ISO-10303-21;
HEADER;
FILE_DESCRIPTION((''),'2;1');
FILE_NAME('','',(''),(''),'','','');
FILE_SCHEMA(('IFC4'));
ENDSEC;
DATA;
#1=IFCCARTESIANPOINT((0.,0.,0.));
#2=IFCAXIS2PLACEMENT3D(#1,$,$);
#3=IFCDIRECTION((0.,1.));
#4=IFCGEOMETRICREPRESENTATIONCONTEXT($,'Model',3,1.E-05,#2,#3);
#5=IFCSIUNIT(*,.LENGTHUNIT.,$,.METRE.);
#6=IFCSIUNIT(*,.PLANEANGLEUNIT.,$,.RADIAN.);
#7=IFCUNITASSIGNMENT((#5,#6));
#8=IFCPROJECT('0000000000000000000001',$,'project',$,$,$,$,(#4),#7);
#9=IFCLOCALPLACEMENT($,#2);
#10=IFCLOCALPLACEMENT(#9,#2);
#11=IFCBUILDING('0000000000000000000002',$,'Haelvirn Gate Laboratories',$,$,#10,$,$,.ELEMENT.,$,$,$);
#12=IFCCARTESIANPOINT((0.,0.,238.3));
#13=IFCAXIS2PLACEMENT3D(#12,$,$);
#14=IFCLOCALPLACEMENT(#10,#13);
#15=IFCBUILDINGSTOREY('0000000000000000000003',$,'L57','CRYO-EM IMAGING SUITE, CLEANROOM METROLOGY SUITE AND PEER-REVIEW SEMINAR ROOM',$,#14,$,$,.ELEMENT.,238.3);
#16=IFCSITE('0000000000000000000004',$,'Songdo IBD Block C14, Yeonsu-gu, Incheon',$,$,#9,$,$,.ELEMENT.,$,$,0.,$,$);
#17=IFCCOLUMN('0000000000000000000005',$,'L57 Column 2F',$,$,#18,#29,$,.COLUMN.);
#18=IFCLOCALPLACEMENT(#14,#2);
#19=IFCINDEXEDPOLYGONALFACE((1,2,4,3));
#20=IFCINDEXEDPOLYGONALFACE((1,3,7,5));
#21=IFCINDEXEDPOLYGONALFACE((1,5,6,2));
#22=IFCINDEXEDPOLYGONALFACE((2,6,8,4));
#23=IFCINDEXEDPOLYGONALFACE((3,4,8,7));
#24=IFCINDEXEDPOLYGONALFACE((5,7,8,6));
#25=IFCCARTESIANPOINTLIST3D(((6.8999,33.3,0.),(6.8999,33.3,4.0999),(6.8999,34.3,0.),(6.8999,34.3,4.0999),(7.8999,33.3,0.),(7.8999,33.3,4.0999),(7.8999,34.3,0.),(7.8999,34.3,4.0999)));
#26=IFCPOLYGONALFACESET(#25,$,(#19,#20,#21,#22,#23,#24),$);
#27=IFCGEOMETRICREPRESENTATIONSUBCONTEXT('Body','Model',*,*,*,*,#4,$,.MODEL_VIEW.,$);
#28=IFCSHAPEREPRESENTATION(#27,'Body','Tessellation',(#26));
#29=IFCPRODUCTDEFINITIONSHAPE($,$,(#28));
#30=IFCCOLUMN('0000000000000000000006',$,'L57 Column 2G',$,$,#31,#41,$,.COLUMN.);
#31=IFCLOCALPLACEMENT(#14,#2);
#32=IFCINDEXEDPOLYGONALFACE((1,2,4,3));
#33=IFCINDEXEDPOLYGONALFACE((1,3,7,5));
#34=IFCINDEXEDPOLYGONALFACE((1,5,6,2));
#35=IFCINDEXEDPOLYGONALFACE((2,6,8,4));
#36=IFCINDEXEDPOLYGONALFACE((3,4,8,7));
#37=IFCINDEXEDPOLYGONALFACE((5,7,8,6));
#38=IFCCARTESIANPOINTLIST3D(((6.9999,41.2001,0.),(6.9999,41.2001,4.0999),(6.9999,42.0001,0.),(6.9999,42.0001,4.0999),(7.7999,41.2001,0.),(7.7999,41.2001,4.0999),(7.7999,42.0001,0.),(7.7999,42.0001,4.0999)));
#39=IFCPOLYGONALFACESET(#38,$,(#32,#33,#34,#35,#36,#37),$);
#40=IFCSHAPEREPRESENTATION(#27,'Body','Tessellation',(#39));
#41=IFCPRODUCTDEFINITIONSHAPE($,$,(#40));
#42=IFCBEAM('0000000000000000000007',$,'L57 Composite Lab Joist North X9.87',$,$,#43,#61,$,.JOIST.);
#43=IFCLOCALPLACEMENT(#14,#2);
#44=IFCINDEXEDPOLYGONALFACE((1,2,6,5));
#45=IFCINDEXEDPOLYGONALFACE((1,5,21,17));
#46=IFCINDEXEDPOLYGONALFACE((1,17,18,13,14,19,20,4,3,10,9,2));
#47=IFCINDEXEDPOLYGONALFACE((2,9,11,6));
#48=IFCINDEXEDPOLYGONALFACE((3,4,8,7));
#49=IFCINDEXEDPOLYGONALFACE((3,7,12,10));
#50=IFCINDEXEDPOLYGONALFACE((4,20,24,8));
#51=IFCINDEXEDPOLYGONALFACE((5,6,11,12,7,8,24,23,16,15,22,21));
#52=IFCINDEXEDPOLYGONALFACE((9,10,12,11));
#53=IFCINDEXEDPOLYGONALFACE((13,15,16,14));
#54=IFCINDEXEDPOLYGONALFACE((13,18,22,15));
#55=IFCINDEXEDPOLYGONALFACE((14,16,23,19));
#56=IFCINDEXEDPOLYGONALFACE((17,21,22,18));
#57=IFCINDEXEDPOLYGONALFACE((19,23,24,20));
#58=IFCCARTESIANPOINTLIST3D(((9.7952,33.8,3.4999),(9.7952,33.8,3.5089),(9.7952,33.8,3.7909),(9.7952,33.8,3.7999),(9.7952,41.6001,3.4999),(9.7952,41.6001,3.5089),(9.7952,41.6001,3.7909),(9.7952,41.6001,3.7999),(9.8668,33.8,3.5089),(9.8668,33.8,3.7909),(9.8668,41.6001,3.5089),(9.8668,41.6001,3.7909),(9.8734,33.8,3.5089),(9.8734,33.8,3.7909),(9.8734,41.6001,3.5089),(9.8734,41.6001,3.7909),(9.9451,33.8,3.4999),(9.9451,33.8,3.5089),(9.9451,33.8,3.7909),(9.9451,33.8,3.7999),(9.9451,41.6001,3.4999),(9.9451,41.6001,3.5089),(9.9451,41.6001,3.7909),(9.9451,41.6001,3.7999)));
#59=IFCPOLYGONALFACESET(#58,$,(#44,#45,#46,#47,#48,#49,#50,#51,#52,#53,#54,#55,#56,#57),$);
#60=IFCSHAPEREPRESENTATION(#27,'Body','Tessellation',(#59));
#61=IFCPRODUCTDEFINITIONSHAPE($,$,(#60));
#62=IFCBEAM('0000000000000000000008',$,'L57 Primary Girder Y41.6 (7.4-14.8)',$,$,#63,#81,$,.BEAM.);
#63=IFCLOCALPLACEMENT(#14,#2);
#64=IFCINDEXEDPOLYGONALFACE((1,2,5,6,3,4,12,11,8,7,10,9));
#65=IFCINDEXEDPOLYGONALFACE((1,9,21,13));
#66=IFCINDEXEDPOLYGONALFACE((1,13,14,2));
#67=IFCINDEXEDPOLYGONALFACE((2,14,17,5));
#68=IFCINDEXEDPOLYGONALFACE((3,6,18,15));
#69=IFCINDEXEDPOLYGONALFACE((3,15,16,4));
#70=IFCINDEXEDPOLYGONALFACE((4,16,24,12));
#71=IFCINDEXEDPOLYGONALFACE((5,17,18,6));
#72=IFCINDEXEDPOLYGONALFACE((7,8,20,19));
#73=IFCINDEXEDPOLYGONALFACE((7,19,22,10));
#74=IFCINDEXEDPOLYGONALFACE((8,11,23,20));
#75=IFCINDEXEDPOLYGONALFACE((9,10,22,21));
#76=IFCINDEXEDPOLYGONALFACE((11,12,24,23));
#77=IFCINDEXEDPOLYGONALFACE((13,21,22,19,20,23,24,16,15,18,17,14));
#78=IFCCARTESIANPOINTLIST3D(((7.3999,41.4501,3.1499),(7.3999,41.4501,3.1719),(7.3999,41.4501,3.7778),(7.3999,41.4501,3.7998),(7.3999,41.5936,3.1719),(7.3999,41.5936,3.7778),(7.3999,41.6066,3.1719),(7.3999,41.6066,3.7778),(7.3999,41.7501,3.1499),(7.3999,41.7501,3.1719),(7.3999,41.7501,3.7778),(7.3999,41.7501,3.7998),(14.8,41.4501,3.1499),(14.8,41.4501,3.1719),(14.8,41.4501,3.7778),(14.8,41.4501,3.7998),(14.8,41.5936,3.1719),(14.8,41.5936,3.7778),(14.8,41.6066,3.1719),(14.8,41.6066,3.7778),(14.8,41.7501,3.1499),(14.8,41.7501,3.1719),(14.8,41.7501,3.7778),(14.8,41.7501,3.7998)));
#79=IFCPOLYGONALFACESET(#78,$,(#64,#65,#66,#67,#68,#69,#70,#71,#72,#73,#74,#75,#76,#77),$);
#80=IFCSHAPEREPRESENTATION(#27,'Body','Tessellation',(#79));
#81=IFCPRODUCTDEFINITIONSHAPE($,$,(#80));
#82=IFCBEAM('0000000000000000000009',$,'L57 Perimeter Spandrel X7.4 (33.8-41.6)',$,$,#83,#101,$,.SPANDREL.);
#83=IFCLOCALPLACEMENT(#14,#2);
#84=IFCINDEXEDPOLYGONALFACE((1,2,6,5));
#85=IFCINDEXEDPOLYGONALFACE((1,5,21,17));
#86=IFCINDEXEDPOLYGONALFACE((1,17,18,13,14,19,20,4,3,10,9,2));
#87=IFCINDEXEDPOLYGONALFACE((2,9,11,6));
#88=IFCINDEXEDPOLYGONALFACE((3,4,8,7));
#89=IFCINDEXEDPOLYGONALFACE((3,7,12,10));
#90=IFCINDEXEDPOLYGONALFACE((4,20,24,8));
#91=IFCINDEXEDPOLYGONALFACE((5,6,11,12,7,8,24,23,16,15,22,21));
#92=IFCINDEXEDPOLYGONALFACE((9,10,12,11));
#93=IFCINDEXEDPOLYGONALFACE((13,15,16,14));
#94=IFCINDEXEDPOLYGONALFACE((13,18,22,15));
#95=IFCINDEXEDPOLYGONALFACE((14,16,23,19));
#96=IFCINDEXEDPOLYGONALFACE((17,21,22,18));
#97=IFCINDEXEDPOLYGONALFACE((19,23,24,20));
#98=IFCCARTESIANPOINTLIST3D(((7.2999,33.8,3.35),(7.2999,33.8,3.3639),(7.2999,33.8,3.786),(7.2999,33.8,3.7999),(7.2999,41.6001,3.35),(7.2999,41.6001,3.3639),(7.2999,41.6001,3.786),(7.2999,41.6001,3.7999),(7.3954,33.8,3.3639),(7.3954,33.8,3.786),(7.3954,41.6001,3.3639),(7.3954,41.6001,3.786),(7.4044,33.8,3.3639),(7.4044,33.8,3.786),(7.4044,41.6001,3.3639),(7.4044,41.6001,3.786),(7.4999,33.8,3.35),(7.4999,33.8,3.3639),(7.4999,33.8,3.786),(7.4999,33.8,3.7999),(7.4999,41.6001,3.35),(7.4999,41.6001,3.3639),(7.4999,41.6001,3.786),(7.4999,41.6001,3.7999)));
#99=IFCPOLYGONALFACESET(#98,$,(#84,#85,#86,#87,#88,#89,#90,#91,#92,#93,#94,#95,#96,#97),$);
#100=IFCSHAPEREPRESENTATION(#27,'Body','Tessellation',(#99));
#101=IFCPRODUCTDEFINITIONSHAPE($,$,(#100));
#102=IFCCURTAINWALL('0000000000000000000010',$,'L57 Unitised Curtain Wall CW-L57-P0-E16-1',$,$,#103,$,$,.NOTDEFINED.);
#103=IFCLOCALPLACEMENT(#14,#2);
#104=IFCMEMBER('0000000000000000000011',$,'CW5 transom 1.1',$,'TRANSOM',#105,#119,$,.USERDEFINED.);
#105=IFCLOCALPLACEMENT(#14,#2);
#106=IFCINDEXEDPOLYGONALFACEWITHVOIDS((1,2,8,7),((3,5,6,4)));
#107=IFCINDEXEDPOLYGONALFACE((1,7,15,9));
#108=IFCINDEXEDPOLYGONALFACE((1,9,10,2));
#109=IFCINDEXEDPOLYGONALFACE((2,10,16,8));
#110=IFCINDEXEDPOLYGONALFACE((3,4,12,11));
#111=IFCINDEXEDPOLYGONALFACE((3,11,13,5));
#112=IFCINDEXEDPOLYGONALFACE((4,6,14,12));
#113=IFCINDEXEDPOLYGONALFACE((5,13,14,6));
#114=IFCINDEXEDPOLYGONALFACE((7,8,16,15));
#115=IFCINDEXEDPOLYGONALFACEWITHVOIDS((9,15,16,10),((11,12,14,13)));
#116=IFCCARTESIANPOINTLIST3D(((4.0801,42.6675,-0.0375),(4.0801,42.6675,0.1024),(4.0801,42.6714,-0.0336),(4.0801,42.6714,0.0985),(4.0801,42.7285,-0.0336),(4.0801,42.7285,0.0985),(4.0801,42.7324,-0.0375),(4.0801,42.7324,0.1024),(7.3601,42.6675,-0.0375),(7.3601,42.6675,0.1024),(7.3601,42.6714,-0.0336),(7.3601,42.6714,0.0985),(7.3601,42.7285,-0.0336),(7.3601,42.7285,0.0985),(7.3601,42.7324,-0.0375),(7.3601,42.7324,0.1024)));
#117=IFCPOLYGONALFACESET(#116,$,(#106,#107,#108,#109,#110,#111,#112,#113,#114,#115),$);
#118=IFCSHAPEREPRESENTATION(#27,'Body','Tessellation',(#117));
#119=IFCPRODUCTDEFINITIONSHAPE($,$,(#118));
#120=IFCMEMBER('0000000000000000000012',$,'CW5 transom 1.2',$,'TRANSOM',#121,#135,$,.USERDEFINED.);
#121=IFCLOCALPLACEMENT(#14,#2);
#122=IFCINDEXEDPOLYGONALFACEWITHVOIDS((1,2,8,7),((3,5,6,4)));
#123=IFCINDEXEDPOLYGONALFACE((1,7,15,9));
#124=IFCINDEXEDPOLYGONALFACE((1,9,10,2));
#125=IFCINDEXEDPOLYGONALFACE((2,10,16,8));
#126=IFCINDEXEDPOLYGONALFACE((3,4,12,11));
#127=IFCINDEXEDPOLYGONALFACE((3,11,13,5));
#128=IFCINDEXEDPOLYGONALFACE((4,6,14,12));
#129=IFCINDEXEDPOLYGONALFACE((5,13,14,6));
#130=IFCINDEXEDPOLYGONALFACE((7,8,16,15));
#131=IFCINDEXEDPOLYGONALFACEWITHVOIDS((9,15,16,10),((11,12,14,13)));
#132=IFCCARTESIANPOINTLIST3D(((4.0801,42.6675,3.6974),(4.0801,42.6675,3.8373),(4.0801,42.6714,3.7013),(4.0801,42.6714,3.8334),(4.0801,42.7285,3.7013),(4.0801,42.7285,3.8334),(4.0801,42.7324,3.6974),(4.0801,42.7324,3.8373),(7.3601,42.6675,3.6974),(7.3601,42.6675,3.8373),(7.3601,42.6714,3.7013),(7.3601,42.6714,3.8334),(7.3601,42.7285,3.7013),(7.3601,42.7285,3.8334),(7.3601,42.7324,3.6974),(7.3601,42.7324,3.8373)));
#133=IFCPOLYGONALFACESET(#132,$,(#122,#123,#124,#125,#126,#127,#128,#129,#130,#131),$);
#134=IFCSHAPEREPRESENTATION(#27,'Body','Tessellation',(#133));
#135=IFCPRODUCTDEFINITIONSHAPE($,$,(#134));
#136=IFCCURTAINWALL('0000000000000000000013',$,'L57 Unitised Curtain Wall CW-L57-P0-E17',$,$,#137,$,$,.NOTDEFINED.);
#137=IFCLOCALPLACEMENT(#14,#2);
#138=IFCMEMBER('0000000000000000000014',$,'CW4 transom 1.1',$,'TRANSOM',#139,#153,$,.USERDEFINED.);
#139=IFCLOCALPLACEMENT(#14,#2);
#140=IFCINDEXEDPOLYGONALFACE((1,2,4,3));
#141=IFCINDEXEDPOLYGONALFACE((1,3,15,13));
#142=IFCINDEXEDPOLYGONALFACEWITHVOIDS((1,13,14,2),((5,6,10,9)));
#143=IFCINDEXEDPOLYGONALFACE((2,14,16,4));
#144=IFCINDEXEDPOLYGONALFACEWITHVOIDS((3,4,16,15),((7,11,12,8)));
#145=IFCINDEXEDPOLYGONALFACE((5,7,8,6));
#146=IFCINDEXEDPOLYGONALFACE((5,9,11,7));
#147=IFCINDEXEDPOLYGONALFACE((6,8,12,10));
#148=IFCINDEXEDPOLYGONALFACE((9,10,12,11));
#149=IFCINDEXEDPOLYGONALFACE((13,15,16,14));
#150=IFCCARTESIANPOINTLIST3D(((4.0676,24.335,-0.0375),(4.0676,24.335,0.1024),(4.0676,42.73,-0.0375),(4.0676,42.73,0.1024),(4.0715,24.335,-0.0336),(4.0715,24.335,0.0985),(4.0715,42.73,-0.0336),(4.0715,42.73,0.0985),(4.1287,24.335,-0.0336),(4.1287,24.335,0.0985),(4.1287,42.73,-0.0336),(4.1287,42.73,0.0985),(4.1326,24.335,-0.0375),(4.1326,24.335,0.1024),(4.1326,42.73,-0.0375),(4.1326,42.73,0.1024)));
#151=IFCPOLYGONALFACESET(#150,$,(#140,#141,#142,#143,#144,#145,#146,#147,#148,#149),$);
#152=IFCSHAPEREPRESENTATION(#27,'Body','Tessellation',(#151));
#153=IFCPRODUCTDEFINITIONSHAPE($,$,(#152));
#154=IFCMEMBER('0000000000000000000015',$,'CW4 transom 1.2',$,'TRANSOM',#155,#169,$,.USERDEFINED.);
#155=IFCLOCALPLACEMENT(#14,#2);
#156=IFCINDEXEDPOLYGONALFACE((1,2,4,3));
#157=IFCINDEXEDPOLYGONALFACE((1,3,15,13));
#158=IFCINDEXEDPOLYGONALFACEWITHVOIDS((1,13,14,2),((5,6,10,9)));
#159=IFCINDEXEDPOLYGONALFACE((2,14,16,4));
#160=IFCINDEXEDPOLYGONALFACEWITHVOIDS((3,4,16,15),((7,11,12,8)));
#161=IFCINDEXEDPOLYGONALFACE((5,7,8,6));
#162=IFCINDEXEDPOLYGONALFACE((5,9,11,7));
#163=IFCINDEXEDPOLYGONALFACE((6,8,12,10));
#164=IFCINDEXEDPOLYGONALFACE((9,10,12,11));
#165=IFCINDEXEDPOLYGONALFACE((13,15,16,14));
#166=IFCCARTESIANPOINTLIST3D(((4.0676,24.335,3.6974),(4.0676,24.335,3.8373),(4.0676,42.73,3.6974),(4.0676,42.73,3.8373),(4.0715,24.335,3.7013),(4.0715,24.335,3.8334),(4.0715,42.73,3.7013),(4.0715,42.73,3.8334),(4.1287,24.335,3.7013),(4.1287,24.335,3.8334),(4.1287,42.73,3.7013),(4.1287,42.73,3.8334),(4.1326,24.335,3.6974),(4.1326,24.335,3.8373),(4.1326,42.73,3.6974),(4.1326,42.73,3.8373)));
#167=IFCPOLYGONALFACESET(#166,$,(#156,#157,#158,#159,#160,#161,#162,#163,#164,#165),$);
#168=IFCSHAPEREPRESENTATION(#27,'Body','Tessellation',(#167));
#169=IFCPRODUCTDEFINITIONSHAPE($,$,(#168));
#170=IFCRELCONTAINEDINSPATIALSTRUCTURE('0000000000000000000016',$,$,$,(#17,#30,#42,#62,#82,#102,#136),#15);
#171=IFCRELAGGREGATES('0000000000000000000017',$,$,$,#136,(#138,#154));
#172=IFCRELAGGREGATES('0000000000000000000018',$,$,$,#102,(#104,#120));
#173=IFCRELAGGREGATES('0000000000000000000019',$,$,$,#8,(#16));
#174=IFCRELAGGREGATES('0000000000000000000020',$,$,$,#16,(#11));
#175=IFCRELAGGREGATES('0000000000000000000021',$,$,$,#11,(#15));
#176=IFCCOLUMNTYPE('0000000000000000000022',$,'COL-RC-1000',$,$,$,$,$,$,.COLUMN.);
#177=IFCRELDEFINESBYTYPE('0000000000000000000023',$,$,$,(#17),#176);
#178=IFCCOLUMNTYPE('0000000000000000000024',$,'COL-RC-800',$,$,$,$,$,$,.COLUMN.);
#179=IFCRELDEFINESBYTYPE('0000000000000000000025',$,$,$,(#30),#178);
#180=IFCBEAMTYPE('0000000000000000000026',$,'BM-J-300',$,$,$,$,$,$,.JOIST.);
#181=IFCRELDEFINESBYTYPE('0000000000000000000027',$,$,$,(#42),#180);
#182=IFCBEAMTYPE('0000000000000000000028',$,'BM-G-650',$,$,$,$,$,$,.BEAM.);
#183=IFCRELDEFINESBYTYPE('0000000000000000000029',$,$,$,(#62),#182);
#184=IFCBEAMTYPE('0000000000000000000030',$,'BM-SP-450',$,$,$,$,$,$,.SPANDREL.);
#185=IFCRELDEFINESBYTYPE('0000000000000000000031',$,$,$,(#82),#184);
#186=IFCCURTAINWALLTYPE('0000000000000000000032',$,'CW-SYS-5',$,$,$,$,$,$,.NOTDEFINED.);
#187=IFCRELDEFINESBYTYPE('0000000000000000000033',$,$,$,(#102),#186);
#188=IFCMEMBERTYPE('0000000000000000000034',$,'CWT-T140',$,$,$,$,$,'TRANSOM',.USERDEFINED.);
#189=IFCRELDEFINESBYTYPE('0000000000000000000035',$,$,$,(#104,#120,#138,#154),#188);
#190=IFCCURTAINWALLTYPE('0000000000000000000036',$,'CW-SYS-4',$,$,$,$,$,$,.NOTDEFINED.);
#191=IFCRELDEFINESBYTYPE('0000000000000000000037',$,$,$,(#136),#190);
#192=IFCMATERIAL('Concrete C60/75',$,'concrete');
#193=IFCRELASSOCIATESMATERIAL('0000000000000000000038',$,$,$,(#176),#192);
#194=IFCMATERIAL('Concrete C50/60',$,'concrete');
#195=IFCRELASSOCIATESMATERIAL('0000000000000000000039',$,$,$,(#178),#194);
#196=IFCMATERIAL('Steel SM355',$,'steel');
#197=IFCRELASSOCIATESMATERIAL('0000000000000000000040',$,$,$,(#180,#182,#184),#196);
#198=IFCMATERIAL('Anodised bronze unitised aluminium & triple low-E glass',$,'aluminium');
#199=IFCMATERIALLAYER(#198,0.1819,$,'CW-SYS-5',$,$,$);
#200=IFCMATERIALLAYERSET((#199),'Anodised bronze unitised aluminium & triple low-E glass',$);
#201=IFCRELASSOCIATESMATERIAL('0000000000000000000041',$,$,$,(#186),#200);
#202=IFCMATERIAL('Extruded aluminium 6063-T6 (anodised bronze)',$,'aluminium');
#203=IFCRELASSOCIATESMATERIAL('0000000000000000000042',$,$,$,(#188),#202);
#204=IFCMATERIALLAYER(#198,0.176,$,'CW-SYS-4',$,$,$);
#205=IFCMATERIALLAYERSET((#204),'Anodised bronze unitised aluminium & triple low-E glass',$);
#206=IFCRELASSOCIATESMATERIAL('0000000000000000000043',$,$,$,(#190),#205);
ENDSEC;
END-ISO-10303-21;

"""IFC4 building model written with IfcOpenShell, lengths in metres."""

from ifc_helpers import new_model, si_unit, direction, frame, origin, origin_2d, place, context, subcontext, project, spatial, rectangle, hollow_rectangle, i_section, extrude, source, transform, mapped, material, layer, layer_set, material_profile, profile_set, type_object, type_shapes, element, aggregate, save


model = new_model("IFC4")

# Units and contexts
model_context = context("Model", 3, precision=1e-05, world=origin(), true_north=direction((0.0, 1.0)))
body_context = subcontext(model_context, "Body", "Model", "MODEL_VIEW")
ifc_project = project(units=[si_unit("LENGTHUNIT", "METRE"), si_unit("PLANEANGLEUNIT", "RADIAN")], contexts=[model_context])

# Site, building, storey
site_placement = place(None, origin())
site = spatial("IfcSite", under=ifc_project, at=site_placement, Name="Songdo IBD Block C14, Yeonsu-gu, Incheon", CompositionType="ELEMENT", RefElevation=0.0)
building_placement = place(site_placement, origin())
building = spatial("IfcBuilding", under=site, at=building_placement, Name="Haelvirn Gate Laboratories", CompositionType="ELEMENT")
storey_placement = place(building_placement, frame((0.0, 0.0, 238.3)))
storey = spatial("IfcBuildingStorey", under=building, at=storey_placement, Name="L57", Description="CRYO-EM IMAGING SUITE, CLEANROOM METROLOGY SUITE AND PEER-REVIEW SEMINAR ROOM", CompositionType="ELEMENT", Elevation=238.3)

# Columns
ifc_material_1 = material(Name="Concrete C60/75", Category="concrete")
ifc_material_profile_1 = material_profile(ifc_material_1, rectangle(XDim=1.0, YDim=1.0, at=origin_2d()), Name="RC-1000x1000")
ifc_profile_set_1 = profile_set([ifc_material_profile_1], Name="Concrete C60/75")
column_type_1 = type_object("IfcColumnType", Name="COL-RC-1000", PredefinedType="COLUMN", material=ifc_profile_set_1)
shared_shape_1 = source(origin(), body_context, "Body", "SweptSolid", [
    extrude(rectangle(XDim=1.0, YDim=1.0, at=origin_2d()), origin(), (0.0, 0.0, 1.0), 4.0999),
])
type_shapes(column_type_1, [shared_shape_1])
column_1_placement = place(storey_placement, frame((7.3999, 33.8, 0.0), z_axis=(0.0, 0.0, 1.0), x_axis=(1.0, 0.0, 0.0)))
element("IfcColumn", 1, at=column_1_placement, inside=storey, type_object=column_type_1, Name="L57 Column 2F", PredefinedType="COLUMN", context=body_context, shape_type="MappedRepresentation", body=[
    mapped(shared_shape_1, transform((0.0, 0.0, 0.0), scale=1.0)),
])
ifc_material_2 = material(Name="Concrete C50/60", Category="concrete")
ifc_material_profile_2 = material_profile(ifc_material_2, rectangle(XDim=0.8, YDim=0.8, at=origin_2d()), Name="RC-800x800")
ifc_profile_set_2 = profile_set([ifc_material_profile_2], Name="Concrete C50/60")
column_type_2 = type_object("IfcColumnType", Name="COL-RC-800", PredefinedType="COLUMN", material=ifc_profile_set_2)
shared_shape_2 = source(origin(), body_context, "Body", "SweptSolid", [
    extrude(rectangle(XDim=0.8, YDim=0.8, at=origin_2d()), origin(), (0.0, 0.0, 1.0), 4.0999),
])
type_shapes(column_type_2, [shared_shape_2])
column_2_placement = place(storey_placement, frame((7.3999, 41.6001, 0.0), z_axis=(0.0, 0.0, 1.0), x_axis=(1.0, 0.0, 0.0)))
element("IfcColumn", 2, at=column_2_placement, inside=storey, type_object=column_type_2, Name="L57 Column 2G", PredefinedType="COLUMN", context=body_context, shape_type="MappedRepresentation", body=[
    mapped(shared_shape_2, transform((0.0, 0.0, 0.0), scale=1.0)),
])

# Beams
ifc_material_3 = material(Name="Steel SM355", Category="steel")
ifc_material_profile_3 = material_profile(ifc_material_3, i_section(OverallWidth=0.1499, OverallDepth=0.3, WebThickness=0.0066, FlangeThickness=0.009, at=origin_2d()), Name="H-300x150x6.5x9")
ifc_profile_set_3 = profile_set([ifc_material_profile_3], Name="Steel SM355")
beam_type_1 = type_object("IfcBeamType", Name="BM-J-300", PredefinedType="JOIST", material=ifc_profile_set_3)
shared_shape_3 = source(origin(), body_context, "Body", "SweptSolid", [
    extrude(i_section(OverallWidth=0.1499, OverallDepth=0.3, WebThickness=0.0066, FlangeThickness=0.009, at=origin_2d()), origin(), (0.0, 0.0, 1.0), 7.8),
])
type_shapes(beam_type_1, [shared_shape_3])
beam_1_placement = place(storey_placement, frame((9.8701, 33.8, 3.6499), z_axis=(0.0, 1.0, 0.0), x_axis=(-1.0, 0.0, 0.0)))
element("IfcBeam", 3, at=beam_1_placement, inside=storey, type_object=beam_type_1, Name="L57 Composite Lab Joist North X9.87", PredefinedType="JOIST", context=body_context, shape_type="MappedRepresentation", body=[
    mapped(shared_shape_3, transform((0.0, 0.0, 0.0), scale=1.0)),
])
ifc_material_profile_4 = material_profile(ifc_material_3, i_section(OverallWidth=0.3, OverallDepth=0.6499, WebThickness=0.0129, FlangeThickness=0.022, at=origin_2d()), Name="H-650x300x13x22")
ifc_profile_set_4 = profile_set([ifc_material_profile_4], Name="Steel SM355")
beam_type_2 = type_object("IfcBeamType", Name="BM-G-650", PredefinedType="BEAM", material=ifc_profile_set_4)
shared_shape_4 = source(origin(), body_context, "Body", "SweptSolid", [
    extrude(i_section(OverallWidth=0.3, OverallDepth=0.6499, WebThickness=0.0129, FlangeThickness=0.022, at=origin_2d()), origin(), (0.0, 0.0, 1.0), 7.4001),
])
type_shapes(beam_type_2, [shared_shape_4])
beam_2_placement = place(storey_placement, frame((7.3999, 41.6001, 3.4749), z_axis=(1.0, 0.0, 0.0), x_axis=(0.0, 1.0, 0.0)))
element("IfcBeam", 4, at=beam_2_placement, inside=storey, type_object=beam_type_2, Name="L57 Primary Girder Y41.6 (7.4-14.8)", PredefinedType="BEAM", context=body_context, shape_type="MappedRepresentation", body=[
    mapped(shared_shape_4, transform((0.0, 0.0, 0.0), scale=1.0)),
])
ifc_material_profile_5 = material_profile(ifc_material_3, i_section(OverallWidth=0.2, OverallDepth=0.45, WebThickness=0.009, FlangeThickness=0.0139, at=origin_2d()), Name="H-450x200x9x14")
ifc_profile_set_5 = profile_set([ifc_material_profile_5], Name="Steel SM355")
beam_type_3 = type_object("IfcBeamType", Name="BM-SP-450", PredefinedType="SPANDREL", material=ifc_profile_set_5)
shared_shape_5 = source(origin(), body_context, "Body", "SweptSolid", [
    extrude(i_section(OverallWidth=0.2, OverallDepth=0.45, WebThickness=0.009, FlangeThickness=0.0139, at=origin_2d()), origin(), (0.0, 0.0, 1.0), 7.8),
])
type_shapes(beam_type_3, [shared_shape_5])
beam_3_placement = place(storey_placement, frame((7.3999, 33.8, 3.575), z_axis=(0.0, 1.0, 0.0), x_axis=(-1.0, 0.0, 0.0)))
element("IfcBeam", 5, at=beam_3_placement, inside=storey, type_object=beam_type_3, Name="L57 Perimeter Spandrel X7.4 (33.8-41.6)", PredefinedType="SPANDREL", context=body_context, shape_type="MappedRepresentation", body=[
    mapped(shared_shape_5, transform((0.0, 0.0, 0.0), scale=1.0)),
])

# Curtain walls, members
ifc_material_4 = material(Name="Anodised bronze unitised aluminium & triple low-E glass", Category="aluminium")
ifc_layer_1 = layer(ifc_material_4, 0.1819, Name="CW-SYS-5")
ifc_layer_set_1 = layer_set([ifc_layer_1], Name="Anodised bronze unitised aluminium & triple low-E glass")
curtain_wall_type_1 = type_object("IfcCurtainWallType", Name="CW-SYS-5", PredefinedType="NOTDEFINED", material=ifc_layer_set_1)
curtain_wall_1_placement = place(storey_placement, origin())
curtain_wall_1 = element("IfcCurtainWall", 6, at=curtain_wall_1_placement, inside=storey, type_object=curtain_wall_type_1, Name="L57 Unitised Curtain Wall CW-L57-P0-E16-1", PredefinedType="NOTDEFINED")
ifc_material_5 = material(Name="Extruded aluminium 6063-T6 (anodised bronze)", Category="aluminium")
ifc_material_profile_6 = material_profile(ifc_material_5, hollow_rectangle(XDim=0.0649, YDim=0.1399, WallThickness=0.0039, at=origin_2d()), Name="CWT-140x65x4")
ifc_profile_set_6 = profile_set([ifc_material_profile_6], Name="Extruded aluminium 6063-T6 (anodised bronze)")
member_type_1 = type_object("IfcMemberType", Name="CWT-T140", ElementType="TRANSOM", PredefinedType="USERDEFINED", material=ifc_profile_set_6)
shared_shape_6 = source(origin(), body_context, "Body", "SweptSolid", [
    extrude(hollow_rectangle(XDim=0.0649, YDim=0.1399, WallThickness=0.0039, at=origin_2d()), origin(), (0.0, 0.0, 1.0), 3.28),
])
member_1_placement = place(storey_placement, frame((4.0801, 42.7, 0.0325), z_axis=(1.0, 0.0, 0.0), x_axis=(0.0, 1.0, 0.0)))
member_1 = element("IfcMember", 7, at=member_1_placement, type_object=member_type_1, Name="CW5 transom 1.1", ObjectType="TRANSOM", PredefinedType="USERDEFINED", context=body_context, shape_type="MappedRepresentation", body=[
    mapped(shared_shape_6, transform((0.0, 0.0, 0.0), scale=1.0)),
])
member_2_placement = place(storey_placement, frame((4.0801, 42.7, 3.7673), z_axis=(1.0, 0.0, 0.0), x_axis=(0.0, 1.0, 0.0)))
member_2 = element("IfcMember", 8, at=member_2_placement, type_object=member_type_1, Name="CW5 transom 1.2", ObjectType="TRANSOM", PredefinedType="USERDEFINED", context=body_context, shape_type="MappedRepresentation", body=[
    mapped(shared_shape_6, transform((0.0, 0.0, 0.0), scale=1.0)),
])
ifc_layer_2 = layer(ifc_material_4, 0.176, Name="CW-SYS-4")
ifc_layer_set_2 = layer_set([ifc_layer_2], Name="Anodised bronze unitised aluminium & triple low-E glass")
curtain_wall_type_2 = type_object("IfcCurtainWallType", Name="CW-SYS-4", PredefinedType="NOTDEFINED", material=ifc_layer_set_2)
curtain_wall_2_placement = place(storey_placement, origin())
curtain_wall_2 = element("IfcCurtainWall", 9, at=curtain_wall_2_placement, inside=storey, type_object=curtain_wall_type_2, Name="L57 Unitised Curtain Wall CW-L57-P0-E17", PredefinedType="NOTDEFINED")
shared_shape_7 = source(origin(), body_context, "Body", "SweptSolid", [
    extrude(hollow_rectangle(XDim=0.0649, YDim=0.1399, WallThickness=0.0039, at=origin_2d()), origin(), (0.0, 0.0, 1.0), 18.395),
])
member_3_placement = place(storey_placement, frame((4.1001, 42.73, 0.0325), z_axis=(0.0, -1.0, 0.0), x_axis=(1.0, 0.0, 0.0)))
member_3 = element("IfcMember", 10, at=member_3_placement, type_object=member_type_1, Name="CW4 transom 1.1", ObjectType="TRANSOM", PredefinedType="USERDEFINED", context=body_context, shape_type="MappedRepresentation", body=[
    mapped(shared_shape_7, transform((0.0, 0.0, 0.0), scale=1.0)),
])
member_4_placement = place(storey_placement, frame((4.1001, 42.73, 3.7673), z_axis=(0.0, -1.0, 0.0), x_axis=(1.0, 0.0, 0.0)))
member_4 = element("IfcMember", 11, at=member_4_placement, type_object=member_type_1, Name="CW4 transom 1.2", ObjectType="TRANSOM", PredefinedType="USERDEFINED", context=body_context, shape_type="MappedRepresentation", body=[
    mapped(shared_shape_7, transform((0.0, 0.0, 0.0), scale=1.0)),
])

aggregate(curtain_wall_2, [member_3, member_4])

aggregate(curtain_wall_1, [member_1, member_2])

save(model, "model.ifc")
